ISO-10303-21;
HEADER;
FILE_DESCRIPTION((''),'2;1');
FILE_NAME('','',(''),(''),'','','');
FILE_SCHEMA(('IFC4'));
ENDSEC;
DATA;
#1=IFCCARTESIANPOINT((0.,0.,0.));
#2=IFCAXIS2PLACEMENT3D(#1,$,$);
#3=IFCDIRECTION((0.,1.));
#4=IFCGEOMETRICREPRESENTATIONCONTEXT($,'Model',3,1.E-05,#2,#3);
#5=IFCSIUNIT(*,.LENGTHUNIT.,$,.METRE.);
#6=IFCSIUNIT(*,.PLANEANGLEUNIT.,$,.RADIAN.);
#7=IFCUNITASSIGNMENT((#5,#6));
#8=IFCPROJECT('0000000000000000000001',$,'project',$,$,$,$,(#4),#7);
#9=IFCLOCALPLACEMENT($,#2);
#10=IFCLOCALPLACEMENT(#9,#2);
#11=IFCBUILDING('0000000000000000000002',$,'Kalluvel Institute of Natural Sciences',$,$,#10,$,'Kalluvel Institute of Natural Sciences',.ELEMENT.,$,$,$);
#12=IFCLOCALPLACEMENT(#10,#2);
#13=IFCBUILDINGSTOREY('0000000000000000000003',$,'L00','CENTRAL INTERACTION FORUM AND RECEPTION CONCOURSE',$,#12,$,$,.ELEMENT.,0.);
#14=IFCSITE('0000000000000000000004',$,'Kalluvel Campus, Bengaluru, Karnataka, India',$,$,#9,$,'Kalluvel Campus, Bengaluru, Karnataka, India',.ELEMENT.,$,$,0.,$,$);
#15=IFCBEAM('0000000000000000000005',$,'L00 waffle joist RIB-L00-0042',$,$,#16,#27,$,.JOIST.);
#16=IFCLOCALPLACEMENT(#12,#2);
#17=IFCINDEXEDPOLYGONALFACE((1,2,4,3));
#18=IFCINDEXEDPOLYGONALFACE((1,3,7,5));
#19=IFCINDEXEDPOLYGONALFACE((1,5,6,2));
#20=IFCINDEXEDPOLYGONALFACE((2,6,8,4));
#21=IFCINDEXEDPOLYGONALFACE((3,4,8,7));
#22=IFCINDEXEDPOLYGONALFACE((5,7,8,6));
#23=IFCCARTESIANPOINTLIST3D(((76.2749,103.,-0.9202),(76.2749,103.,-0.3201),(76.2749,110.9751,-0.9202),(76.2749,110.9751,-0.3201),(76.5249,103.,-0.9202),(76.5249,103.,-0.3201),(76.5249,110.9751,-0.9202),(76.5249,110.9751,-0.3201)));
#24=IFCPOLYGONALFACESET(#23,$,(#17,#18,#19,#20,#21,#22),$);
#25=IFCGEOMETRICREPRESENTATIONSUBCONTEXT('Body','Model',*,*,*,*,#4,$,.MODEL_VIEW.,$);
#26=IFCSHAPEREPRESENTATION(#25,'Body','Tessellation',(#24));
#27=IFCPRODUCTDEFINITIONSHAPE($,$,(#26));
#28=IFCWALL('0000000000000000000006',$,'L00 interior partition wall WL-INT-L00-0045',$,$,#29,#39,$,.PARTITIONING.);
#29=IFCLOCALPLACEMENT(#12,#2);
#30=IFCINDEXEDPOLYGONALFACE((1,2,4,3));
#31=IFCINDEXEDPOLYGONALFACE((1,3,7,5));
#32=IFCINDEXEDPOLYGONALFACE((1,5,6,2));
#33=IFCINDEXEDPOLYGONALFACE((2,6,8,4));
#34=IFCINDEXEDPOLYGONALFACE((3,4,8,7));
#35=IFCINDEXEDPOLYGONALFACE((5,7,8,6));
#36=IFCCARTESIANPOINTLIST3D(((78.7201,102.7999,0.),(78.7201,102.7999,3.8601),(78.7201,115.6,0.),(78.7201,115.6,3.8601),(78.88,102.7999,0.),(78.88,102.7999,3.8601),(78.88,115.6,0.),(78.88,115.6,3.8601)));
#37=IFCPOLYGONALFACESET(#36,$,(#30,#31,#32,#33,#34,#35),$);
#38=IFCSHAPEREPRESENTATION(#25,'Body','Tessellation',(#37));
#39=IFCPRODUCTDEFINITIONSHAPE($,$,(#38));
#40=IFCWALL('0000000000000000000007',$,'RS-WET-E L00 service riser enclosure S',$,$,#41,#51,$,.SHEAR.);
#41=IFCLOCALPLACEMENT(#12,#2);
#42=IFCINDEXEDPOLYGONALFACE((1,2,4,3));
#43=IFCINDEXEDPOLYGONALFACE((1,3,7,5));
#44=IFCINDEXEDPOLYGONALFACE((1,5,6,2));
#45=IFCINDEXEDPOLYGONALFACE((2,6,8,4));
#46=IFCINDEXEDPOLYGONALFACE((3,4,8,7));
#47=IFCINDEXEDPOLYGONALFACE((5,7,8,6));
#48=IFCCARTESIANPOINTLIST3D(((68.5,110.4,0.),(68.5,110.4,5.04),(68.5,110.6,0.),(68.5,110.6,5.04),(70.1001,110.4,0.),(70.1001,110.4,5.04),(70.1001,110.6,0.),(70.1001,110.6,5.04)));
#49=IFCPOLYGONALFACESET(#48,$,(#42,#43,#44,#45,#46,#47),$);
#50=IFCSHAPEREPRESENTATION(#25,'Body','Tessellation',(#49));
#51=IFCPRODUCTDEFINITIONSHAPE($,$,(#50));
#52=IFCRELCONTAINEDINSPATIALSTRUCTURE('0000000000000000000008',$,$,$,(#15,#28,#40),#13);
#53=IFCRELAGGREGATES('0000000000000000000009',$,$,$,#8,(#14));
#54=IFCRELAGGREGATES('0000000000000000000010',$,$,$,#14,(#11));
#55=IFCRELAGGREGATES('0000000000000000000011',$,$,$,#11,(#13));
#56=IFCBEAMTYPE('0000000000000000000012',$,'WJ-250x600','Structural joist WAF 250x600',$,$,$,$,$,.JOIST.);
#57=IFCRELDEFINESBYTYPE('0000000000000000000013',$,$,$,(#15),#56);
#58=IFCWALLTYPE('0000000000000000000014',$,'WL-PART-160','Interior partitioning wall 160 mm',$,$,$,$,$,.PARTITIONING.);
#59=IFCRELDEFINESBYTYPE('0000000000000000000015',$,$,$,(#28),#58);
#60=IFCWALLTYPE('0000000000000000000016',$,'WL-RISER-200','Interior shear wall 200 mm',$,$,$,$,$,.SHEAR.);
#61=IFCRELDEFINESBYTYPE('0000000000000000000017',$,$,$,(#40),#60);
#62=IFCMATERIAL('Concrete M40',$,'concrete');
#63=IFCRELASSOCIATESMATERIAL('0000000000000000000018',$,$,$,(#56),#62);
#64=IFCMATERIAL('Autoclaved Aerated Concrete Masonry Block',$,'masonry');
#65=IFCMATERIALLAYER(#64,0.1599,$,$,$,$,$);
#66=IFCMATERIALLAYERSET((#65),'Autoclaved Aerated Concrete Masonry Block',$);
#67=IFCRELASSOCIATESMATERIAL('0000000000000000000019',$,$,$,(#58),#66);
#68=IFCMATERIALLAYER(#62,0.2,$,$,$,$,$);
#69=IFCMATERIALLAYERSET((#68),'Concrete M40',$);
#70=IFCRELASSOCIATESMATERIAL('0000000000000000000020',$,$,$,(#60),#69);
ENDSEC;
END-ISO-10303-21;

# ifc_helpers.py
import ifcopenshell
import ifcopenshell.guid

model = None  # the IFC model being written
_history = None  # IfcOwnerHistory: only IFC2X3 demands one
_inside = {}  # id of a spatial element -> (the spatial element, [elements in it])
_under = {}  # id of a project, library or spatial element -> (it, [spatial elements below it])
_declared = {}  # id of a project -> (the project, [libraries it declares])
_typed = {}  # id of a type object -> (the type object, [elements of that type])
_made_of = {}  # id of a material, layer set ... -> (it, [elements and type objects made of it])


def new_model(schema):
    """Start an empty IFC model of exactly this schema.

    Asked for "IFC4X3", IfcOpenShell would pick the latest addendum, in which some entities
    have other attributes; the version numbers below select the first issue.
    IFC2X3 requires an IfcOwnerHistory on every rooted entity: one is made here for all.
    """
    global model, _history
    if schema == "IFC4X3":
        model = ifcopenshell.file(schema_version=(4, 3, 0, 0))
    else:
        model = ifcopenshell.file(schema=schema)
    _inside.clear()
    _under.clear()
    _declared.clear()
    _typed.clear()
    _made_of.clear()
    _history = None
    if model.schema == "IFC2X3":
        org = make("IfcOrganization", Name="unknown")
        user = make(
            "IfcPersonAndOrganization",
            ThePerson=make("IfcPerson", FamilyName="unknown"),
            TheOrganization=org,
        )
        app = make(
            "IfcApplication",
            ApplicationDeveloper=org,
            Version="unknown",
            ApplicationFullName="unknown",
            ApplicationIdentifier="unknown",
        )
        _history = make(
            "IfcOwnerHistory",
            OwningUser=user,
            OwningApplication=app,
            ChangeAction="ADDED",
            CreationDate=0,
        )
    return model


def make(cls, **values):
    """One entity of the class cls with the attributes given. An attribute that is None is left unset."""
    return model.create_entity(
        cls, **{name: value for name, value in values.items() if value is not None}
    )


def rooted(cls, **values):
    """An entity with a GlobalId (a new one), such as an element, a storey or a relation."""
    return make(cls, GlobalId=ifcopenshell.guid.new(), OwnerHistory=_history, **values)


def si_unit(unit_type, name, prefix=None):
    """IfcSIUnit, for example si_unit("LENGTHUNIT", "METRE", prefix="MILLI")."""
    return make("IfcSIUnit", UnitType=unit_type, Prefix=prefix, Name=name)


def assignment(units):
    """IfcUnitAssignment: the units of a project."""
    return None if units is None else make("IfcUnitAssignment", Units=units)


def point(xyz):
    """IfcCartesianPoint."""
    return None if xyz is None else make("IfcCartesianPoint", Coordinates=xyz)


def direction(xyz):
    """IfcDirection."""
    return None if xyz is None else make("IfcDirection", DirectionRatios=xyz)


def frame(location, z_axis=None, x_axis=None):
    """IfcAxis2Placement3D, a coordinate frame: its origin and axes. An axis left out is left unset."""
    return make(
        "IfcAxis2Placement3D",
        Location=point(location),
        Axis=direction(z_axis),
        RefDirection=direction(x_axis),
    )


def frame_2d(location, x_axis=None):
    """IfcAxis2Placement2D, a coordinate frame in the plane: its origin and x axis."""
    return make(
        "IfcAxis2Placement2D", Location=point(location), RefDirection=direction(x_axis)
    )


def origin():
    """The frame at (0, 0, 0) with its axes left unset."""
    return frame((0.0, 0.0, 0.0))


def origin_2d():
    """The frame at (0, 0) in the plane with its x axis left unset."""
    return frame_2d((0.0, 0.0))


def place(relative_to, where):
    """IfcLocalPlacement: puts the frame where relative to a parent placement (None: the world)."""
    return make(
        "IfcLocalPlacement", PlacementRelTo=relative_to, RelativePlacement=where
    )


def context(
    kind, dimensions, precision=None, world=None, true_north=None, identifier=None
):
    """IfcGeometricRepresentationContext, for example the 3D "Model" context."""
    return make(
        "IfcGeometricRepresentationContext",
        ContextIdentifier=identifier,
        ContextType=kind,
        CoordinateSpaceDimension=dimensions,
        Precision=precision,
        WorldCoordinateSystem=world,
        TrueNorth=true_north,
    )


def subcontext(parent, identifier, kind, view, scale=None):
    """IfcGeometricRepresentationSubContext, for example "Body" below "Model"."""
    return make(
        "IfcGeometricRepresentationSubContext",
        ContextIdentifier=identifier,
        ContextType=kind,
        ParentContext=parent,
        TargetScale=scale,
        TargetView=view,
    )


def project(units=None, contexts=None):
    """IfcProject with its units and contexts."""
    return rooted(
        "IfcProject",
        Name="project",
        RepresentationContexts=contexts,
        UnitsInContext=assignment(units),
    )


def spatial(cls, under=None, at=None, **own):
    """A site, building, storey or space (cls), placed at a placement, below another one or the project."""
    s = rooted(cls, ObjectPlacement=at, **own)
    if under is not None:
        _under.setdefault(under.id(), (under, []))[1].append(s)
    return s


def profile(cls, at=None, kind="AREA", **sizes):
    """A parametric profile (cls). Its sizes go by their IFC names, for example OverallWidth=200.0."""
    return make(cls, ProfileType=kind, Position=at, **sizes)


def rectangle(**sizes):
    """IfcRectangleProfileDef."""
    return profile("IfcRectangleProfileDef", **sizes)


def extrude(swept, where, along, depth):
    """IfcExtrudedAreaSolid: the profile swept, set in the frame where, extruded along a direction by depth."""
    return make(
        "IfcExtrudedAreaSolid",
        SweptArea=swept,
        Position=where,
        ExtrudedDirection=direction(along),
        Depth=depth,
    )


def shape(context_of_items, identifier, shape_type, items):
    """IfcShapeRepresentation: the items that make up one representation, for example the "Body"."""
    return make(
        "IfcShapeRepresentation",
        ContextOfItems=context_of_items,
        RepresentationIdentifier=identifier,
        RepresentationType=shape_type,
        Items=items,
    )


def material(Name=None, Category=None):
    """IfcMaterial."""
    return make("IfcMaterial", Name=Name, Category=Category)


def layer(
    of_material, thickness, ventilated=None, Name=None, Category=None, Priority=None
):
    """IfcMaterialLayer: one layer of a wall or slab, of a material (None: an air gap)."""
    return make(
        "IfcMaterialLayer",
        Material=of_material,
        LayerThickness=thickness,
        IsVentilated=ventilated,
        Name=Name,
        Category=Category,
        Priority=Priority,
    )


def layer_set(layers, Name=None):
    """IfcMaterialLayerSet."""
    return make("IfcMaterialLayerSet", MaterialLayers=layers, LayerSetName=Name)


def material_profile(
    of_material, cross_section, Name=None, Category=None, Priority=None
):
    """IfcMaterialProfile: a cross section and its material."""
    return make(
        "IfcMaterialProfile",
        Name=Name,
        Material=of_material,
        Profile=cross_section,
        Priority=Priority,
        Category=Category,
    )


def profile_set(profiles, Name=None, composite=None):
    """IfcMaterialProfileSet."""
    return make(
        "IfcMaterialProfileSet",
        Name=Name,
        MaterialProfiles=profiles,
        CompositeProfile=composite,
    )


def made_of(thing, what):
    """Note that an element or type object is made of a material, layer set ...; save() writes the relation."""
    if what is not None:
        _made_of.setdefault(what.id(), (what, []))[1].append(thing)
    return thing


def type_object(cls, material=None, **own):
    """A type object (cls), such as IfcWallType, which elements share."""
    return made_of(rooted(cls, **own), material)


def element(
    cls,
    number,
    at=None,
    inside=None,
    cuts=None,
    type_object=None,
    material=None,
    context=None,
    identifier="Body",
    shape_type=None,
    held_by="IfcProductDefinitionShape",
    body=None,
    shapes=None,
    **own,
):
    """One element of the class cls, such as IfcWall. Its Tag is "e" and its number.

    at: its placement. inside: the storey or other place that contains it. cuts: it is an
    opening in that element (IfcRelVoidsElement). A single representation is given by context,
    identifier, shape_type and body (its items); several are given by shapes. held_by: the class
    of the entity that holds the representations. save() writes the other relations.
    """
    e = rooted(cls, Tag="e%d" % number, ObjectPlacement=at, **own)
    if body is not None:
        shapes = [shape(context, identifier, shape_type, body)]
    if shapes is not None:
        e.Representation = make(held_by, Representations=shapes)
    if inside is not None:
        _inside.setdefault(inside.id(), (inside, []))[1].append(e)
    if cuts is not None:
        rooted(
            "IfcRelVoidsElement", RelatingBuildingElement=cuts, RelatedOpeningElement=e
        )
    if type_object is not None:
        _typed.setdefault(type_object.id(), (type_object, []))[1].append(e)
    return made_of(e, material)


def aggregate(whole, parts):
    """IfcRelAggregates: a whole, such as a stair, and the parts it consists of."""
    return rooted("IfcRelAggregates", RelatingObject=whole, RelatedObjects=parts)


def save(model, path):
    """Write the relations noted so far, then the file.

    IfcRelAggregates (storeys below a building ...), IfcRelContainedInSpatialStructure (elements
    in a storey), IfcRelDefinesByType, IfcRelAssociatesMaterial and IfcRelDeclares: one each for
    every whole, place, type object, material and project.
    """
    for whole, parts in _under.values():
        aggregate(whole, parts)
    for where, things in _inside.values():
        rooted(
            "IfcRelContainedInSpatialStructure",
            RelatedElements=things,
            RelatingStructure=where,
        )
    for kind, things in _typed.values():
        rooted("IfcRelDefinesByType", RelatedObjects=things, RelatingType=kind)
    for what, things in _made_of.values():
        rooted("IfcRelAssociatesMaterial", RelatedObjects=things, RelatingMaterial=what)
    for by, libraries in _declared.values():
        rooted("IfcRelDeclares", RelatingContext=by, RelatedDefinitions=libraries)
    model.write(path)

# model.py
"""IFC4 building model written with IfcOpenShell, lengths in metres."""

from ifc_helpers import new_model, si_unit, direction, frame, frame_2d, origin, origin_2d, place, context, subcontext, project, spatial, rectangle, extrude, material, layer, layer_set, material_profile, profile_set, type_object, element, save


model = new_model("IFC4")

# Units and contexts
model_context = context("Model", 3, precision=1e-05, world=origin(), true_north=direction((0.0, 1.0)))
body_context = subcontext(model_context, "Body", "Model", "MODEL_VIEW")
ifc_project = project(units=[si_unit("LENGTHUNIT", "METRE"), si_unit("PLANEANGLEUNIT", "RADIAN")], contexts=[model_context])

# Site, building, storey
site_placement = place(None, origin())
site = spatial("IfcSite", under=ifc_project, at=site_placement, Name="Kalluvel Campus, Bengaluru, Karnataka, India", LongName="Kalluvel Campus, Bengaluru, Karnataka, India", CompositionType="ELEMENT", RefElevation=0.0)
building_placement = place(site_placement, origin())
building = spatial("IfcBuilding", under=site, at=building_placement, Name="Kalluvel Institute of Natural Sciences", LongName="Kalluvel Institute of Natural Sciences", CompositionType="ELEMENT")
storey_placement = place(building_placement, origin())
storey = spatial("IfcBuildingStorey", under=building, at=storey_placement, Name="L00", Description="CENTRAL INTERACTION FORUM AND RECEPTION CONCOURSE", CompositionType="ELEMENT", Elevation=0.0)

# Shared definitions
ifc_material_1 = material(Name="Concrete M40", Category="concrete")

# Beam
ifc_material_profile_1 = material_profile(ifc_material_1, rectangle(XDim=0.25, YDim=0.6001, at=origin_2d()), Name="WAF 250x600")
ifc_profile_set_1 = profile_set([ifc_material_profile_1], Name="Concrete M40")
beam_type_1 = type_object("IfcBeamType", Name="WJ-250x600", Description="Structural joist WAF 250x600", PredefinedType="JOIST", material=ifc_profile_set_1)
beam_1_placement = place(storey_placement, frame((76.3999, 103.0, -0.6201), z_axis=(0.0, 1.0, 0.0), x_axis=(-1.0, 0.0, 0.0)))
element("IfcBeam", 1, at=beam_1_placement, inside=storey, type_object=beam_type_1, Name="L00 waffle joist RIB-L00-0042", PredefinedType="JOIST", context=body_context, shape_type="SweptSolid", body=[
    extrude(rectangle(XDim=0.25, YDim=0.6001, at=origin_2d()), origin(), (0.0, 0.0, 1.0), 7.9751),
])

# Walls
ifc_material_2 = material(Name="Autoclaved Aerated Concrete Masonry Block", Category="masonry")
ifc_layer_1 = layer(ifc_material_2, 0.1599)
ifc_layer_set_1 = layer_set([ifc_layer_1], Name="Autoclaved Aerated Concrete Masonry Block")
wall_type_1 = type_object("IfcWallType", Name="WL-PART-160", Description="Interior partitioning wall 160 mm", PredefinedType="PARTITIONING", material=ifc_layer_set_1)
wall_1_placement = place(storey_placement, frame((78.8, 102.8, 0.0), z_axis=(0.0, 0.0, 1.0), x_axis=(0.0, 1.0, 0.0)))
element("IfcWall", 2, at=wall_1_placement, inside=storey, type_object=wall_type_1, Name="L00 interior partition wall WL-INT-L00-0045", PredefinedType="PARTITIONING", context=body_context, shape_type="SweptSolid", body=[
    extrude(rectangle(XDim=12.8, YDim=0.1599, at=frame_2d((6.3999, 0.0))), origin(), (0.0, 0.0, 1.0), 3.8601),
])
ifc_layer_2 = layer(ifc_material_1, 0.2)
ifc_layer_set_2 = layer_set([ifc_layer_2], Name="Concrete M40")
wall_type_2 = type_object("IfcWallType", Name="WL-RISER-200", Description="Interior shear wall 200 mm", PredefinedType="SHEAR", material=ifc_layer_set_2)
wall_2_placement = place(storey_placement, frame((68.5, 110.5, 0.0), z_axis=(0.0, 0.0, 1.0), x_axis=(1.0, 0.0, 0.0)))
element("IfcWall", 3, at=wall_2_placement, inside=storey, type_object=wall_type_2, Name="RS-WET-E L00 service riser enclosure S", PredefinedType="SHEAR", context=body_context, shape_type="SweptSolid", body=[
    extrude(rectangle(XDim=1.6001, YDim=0.2, at=frame_2d((0.8, 0.0))), origin(), (0.0, 0.0, 1.0), 5.04),
])

save(model, "model.ifc")
